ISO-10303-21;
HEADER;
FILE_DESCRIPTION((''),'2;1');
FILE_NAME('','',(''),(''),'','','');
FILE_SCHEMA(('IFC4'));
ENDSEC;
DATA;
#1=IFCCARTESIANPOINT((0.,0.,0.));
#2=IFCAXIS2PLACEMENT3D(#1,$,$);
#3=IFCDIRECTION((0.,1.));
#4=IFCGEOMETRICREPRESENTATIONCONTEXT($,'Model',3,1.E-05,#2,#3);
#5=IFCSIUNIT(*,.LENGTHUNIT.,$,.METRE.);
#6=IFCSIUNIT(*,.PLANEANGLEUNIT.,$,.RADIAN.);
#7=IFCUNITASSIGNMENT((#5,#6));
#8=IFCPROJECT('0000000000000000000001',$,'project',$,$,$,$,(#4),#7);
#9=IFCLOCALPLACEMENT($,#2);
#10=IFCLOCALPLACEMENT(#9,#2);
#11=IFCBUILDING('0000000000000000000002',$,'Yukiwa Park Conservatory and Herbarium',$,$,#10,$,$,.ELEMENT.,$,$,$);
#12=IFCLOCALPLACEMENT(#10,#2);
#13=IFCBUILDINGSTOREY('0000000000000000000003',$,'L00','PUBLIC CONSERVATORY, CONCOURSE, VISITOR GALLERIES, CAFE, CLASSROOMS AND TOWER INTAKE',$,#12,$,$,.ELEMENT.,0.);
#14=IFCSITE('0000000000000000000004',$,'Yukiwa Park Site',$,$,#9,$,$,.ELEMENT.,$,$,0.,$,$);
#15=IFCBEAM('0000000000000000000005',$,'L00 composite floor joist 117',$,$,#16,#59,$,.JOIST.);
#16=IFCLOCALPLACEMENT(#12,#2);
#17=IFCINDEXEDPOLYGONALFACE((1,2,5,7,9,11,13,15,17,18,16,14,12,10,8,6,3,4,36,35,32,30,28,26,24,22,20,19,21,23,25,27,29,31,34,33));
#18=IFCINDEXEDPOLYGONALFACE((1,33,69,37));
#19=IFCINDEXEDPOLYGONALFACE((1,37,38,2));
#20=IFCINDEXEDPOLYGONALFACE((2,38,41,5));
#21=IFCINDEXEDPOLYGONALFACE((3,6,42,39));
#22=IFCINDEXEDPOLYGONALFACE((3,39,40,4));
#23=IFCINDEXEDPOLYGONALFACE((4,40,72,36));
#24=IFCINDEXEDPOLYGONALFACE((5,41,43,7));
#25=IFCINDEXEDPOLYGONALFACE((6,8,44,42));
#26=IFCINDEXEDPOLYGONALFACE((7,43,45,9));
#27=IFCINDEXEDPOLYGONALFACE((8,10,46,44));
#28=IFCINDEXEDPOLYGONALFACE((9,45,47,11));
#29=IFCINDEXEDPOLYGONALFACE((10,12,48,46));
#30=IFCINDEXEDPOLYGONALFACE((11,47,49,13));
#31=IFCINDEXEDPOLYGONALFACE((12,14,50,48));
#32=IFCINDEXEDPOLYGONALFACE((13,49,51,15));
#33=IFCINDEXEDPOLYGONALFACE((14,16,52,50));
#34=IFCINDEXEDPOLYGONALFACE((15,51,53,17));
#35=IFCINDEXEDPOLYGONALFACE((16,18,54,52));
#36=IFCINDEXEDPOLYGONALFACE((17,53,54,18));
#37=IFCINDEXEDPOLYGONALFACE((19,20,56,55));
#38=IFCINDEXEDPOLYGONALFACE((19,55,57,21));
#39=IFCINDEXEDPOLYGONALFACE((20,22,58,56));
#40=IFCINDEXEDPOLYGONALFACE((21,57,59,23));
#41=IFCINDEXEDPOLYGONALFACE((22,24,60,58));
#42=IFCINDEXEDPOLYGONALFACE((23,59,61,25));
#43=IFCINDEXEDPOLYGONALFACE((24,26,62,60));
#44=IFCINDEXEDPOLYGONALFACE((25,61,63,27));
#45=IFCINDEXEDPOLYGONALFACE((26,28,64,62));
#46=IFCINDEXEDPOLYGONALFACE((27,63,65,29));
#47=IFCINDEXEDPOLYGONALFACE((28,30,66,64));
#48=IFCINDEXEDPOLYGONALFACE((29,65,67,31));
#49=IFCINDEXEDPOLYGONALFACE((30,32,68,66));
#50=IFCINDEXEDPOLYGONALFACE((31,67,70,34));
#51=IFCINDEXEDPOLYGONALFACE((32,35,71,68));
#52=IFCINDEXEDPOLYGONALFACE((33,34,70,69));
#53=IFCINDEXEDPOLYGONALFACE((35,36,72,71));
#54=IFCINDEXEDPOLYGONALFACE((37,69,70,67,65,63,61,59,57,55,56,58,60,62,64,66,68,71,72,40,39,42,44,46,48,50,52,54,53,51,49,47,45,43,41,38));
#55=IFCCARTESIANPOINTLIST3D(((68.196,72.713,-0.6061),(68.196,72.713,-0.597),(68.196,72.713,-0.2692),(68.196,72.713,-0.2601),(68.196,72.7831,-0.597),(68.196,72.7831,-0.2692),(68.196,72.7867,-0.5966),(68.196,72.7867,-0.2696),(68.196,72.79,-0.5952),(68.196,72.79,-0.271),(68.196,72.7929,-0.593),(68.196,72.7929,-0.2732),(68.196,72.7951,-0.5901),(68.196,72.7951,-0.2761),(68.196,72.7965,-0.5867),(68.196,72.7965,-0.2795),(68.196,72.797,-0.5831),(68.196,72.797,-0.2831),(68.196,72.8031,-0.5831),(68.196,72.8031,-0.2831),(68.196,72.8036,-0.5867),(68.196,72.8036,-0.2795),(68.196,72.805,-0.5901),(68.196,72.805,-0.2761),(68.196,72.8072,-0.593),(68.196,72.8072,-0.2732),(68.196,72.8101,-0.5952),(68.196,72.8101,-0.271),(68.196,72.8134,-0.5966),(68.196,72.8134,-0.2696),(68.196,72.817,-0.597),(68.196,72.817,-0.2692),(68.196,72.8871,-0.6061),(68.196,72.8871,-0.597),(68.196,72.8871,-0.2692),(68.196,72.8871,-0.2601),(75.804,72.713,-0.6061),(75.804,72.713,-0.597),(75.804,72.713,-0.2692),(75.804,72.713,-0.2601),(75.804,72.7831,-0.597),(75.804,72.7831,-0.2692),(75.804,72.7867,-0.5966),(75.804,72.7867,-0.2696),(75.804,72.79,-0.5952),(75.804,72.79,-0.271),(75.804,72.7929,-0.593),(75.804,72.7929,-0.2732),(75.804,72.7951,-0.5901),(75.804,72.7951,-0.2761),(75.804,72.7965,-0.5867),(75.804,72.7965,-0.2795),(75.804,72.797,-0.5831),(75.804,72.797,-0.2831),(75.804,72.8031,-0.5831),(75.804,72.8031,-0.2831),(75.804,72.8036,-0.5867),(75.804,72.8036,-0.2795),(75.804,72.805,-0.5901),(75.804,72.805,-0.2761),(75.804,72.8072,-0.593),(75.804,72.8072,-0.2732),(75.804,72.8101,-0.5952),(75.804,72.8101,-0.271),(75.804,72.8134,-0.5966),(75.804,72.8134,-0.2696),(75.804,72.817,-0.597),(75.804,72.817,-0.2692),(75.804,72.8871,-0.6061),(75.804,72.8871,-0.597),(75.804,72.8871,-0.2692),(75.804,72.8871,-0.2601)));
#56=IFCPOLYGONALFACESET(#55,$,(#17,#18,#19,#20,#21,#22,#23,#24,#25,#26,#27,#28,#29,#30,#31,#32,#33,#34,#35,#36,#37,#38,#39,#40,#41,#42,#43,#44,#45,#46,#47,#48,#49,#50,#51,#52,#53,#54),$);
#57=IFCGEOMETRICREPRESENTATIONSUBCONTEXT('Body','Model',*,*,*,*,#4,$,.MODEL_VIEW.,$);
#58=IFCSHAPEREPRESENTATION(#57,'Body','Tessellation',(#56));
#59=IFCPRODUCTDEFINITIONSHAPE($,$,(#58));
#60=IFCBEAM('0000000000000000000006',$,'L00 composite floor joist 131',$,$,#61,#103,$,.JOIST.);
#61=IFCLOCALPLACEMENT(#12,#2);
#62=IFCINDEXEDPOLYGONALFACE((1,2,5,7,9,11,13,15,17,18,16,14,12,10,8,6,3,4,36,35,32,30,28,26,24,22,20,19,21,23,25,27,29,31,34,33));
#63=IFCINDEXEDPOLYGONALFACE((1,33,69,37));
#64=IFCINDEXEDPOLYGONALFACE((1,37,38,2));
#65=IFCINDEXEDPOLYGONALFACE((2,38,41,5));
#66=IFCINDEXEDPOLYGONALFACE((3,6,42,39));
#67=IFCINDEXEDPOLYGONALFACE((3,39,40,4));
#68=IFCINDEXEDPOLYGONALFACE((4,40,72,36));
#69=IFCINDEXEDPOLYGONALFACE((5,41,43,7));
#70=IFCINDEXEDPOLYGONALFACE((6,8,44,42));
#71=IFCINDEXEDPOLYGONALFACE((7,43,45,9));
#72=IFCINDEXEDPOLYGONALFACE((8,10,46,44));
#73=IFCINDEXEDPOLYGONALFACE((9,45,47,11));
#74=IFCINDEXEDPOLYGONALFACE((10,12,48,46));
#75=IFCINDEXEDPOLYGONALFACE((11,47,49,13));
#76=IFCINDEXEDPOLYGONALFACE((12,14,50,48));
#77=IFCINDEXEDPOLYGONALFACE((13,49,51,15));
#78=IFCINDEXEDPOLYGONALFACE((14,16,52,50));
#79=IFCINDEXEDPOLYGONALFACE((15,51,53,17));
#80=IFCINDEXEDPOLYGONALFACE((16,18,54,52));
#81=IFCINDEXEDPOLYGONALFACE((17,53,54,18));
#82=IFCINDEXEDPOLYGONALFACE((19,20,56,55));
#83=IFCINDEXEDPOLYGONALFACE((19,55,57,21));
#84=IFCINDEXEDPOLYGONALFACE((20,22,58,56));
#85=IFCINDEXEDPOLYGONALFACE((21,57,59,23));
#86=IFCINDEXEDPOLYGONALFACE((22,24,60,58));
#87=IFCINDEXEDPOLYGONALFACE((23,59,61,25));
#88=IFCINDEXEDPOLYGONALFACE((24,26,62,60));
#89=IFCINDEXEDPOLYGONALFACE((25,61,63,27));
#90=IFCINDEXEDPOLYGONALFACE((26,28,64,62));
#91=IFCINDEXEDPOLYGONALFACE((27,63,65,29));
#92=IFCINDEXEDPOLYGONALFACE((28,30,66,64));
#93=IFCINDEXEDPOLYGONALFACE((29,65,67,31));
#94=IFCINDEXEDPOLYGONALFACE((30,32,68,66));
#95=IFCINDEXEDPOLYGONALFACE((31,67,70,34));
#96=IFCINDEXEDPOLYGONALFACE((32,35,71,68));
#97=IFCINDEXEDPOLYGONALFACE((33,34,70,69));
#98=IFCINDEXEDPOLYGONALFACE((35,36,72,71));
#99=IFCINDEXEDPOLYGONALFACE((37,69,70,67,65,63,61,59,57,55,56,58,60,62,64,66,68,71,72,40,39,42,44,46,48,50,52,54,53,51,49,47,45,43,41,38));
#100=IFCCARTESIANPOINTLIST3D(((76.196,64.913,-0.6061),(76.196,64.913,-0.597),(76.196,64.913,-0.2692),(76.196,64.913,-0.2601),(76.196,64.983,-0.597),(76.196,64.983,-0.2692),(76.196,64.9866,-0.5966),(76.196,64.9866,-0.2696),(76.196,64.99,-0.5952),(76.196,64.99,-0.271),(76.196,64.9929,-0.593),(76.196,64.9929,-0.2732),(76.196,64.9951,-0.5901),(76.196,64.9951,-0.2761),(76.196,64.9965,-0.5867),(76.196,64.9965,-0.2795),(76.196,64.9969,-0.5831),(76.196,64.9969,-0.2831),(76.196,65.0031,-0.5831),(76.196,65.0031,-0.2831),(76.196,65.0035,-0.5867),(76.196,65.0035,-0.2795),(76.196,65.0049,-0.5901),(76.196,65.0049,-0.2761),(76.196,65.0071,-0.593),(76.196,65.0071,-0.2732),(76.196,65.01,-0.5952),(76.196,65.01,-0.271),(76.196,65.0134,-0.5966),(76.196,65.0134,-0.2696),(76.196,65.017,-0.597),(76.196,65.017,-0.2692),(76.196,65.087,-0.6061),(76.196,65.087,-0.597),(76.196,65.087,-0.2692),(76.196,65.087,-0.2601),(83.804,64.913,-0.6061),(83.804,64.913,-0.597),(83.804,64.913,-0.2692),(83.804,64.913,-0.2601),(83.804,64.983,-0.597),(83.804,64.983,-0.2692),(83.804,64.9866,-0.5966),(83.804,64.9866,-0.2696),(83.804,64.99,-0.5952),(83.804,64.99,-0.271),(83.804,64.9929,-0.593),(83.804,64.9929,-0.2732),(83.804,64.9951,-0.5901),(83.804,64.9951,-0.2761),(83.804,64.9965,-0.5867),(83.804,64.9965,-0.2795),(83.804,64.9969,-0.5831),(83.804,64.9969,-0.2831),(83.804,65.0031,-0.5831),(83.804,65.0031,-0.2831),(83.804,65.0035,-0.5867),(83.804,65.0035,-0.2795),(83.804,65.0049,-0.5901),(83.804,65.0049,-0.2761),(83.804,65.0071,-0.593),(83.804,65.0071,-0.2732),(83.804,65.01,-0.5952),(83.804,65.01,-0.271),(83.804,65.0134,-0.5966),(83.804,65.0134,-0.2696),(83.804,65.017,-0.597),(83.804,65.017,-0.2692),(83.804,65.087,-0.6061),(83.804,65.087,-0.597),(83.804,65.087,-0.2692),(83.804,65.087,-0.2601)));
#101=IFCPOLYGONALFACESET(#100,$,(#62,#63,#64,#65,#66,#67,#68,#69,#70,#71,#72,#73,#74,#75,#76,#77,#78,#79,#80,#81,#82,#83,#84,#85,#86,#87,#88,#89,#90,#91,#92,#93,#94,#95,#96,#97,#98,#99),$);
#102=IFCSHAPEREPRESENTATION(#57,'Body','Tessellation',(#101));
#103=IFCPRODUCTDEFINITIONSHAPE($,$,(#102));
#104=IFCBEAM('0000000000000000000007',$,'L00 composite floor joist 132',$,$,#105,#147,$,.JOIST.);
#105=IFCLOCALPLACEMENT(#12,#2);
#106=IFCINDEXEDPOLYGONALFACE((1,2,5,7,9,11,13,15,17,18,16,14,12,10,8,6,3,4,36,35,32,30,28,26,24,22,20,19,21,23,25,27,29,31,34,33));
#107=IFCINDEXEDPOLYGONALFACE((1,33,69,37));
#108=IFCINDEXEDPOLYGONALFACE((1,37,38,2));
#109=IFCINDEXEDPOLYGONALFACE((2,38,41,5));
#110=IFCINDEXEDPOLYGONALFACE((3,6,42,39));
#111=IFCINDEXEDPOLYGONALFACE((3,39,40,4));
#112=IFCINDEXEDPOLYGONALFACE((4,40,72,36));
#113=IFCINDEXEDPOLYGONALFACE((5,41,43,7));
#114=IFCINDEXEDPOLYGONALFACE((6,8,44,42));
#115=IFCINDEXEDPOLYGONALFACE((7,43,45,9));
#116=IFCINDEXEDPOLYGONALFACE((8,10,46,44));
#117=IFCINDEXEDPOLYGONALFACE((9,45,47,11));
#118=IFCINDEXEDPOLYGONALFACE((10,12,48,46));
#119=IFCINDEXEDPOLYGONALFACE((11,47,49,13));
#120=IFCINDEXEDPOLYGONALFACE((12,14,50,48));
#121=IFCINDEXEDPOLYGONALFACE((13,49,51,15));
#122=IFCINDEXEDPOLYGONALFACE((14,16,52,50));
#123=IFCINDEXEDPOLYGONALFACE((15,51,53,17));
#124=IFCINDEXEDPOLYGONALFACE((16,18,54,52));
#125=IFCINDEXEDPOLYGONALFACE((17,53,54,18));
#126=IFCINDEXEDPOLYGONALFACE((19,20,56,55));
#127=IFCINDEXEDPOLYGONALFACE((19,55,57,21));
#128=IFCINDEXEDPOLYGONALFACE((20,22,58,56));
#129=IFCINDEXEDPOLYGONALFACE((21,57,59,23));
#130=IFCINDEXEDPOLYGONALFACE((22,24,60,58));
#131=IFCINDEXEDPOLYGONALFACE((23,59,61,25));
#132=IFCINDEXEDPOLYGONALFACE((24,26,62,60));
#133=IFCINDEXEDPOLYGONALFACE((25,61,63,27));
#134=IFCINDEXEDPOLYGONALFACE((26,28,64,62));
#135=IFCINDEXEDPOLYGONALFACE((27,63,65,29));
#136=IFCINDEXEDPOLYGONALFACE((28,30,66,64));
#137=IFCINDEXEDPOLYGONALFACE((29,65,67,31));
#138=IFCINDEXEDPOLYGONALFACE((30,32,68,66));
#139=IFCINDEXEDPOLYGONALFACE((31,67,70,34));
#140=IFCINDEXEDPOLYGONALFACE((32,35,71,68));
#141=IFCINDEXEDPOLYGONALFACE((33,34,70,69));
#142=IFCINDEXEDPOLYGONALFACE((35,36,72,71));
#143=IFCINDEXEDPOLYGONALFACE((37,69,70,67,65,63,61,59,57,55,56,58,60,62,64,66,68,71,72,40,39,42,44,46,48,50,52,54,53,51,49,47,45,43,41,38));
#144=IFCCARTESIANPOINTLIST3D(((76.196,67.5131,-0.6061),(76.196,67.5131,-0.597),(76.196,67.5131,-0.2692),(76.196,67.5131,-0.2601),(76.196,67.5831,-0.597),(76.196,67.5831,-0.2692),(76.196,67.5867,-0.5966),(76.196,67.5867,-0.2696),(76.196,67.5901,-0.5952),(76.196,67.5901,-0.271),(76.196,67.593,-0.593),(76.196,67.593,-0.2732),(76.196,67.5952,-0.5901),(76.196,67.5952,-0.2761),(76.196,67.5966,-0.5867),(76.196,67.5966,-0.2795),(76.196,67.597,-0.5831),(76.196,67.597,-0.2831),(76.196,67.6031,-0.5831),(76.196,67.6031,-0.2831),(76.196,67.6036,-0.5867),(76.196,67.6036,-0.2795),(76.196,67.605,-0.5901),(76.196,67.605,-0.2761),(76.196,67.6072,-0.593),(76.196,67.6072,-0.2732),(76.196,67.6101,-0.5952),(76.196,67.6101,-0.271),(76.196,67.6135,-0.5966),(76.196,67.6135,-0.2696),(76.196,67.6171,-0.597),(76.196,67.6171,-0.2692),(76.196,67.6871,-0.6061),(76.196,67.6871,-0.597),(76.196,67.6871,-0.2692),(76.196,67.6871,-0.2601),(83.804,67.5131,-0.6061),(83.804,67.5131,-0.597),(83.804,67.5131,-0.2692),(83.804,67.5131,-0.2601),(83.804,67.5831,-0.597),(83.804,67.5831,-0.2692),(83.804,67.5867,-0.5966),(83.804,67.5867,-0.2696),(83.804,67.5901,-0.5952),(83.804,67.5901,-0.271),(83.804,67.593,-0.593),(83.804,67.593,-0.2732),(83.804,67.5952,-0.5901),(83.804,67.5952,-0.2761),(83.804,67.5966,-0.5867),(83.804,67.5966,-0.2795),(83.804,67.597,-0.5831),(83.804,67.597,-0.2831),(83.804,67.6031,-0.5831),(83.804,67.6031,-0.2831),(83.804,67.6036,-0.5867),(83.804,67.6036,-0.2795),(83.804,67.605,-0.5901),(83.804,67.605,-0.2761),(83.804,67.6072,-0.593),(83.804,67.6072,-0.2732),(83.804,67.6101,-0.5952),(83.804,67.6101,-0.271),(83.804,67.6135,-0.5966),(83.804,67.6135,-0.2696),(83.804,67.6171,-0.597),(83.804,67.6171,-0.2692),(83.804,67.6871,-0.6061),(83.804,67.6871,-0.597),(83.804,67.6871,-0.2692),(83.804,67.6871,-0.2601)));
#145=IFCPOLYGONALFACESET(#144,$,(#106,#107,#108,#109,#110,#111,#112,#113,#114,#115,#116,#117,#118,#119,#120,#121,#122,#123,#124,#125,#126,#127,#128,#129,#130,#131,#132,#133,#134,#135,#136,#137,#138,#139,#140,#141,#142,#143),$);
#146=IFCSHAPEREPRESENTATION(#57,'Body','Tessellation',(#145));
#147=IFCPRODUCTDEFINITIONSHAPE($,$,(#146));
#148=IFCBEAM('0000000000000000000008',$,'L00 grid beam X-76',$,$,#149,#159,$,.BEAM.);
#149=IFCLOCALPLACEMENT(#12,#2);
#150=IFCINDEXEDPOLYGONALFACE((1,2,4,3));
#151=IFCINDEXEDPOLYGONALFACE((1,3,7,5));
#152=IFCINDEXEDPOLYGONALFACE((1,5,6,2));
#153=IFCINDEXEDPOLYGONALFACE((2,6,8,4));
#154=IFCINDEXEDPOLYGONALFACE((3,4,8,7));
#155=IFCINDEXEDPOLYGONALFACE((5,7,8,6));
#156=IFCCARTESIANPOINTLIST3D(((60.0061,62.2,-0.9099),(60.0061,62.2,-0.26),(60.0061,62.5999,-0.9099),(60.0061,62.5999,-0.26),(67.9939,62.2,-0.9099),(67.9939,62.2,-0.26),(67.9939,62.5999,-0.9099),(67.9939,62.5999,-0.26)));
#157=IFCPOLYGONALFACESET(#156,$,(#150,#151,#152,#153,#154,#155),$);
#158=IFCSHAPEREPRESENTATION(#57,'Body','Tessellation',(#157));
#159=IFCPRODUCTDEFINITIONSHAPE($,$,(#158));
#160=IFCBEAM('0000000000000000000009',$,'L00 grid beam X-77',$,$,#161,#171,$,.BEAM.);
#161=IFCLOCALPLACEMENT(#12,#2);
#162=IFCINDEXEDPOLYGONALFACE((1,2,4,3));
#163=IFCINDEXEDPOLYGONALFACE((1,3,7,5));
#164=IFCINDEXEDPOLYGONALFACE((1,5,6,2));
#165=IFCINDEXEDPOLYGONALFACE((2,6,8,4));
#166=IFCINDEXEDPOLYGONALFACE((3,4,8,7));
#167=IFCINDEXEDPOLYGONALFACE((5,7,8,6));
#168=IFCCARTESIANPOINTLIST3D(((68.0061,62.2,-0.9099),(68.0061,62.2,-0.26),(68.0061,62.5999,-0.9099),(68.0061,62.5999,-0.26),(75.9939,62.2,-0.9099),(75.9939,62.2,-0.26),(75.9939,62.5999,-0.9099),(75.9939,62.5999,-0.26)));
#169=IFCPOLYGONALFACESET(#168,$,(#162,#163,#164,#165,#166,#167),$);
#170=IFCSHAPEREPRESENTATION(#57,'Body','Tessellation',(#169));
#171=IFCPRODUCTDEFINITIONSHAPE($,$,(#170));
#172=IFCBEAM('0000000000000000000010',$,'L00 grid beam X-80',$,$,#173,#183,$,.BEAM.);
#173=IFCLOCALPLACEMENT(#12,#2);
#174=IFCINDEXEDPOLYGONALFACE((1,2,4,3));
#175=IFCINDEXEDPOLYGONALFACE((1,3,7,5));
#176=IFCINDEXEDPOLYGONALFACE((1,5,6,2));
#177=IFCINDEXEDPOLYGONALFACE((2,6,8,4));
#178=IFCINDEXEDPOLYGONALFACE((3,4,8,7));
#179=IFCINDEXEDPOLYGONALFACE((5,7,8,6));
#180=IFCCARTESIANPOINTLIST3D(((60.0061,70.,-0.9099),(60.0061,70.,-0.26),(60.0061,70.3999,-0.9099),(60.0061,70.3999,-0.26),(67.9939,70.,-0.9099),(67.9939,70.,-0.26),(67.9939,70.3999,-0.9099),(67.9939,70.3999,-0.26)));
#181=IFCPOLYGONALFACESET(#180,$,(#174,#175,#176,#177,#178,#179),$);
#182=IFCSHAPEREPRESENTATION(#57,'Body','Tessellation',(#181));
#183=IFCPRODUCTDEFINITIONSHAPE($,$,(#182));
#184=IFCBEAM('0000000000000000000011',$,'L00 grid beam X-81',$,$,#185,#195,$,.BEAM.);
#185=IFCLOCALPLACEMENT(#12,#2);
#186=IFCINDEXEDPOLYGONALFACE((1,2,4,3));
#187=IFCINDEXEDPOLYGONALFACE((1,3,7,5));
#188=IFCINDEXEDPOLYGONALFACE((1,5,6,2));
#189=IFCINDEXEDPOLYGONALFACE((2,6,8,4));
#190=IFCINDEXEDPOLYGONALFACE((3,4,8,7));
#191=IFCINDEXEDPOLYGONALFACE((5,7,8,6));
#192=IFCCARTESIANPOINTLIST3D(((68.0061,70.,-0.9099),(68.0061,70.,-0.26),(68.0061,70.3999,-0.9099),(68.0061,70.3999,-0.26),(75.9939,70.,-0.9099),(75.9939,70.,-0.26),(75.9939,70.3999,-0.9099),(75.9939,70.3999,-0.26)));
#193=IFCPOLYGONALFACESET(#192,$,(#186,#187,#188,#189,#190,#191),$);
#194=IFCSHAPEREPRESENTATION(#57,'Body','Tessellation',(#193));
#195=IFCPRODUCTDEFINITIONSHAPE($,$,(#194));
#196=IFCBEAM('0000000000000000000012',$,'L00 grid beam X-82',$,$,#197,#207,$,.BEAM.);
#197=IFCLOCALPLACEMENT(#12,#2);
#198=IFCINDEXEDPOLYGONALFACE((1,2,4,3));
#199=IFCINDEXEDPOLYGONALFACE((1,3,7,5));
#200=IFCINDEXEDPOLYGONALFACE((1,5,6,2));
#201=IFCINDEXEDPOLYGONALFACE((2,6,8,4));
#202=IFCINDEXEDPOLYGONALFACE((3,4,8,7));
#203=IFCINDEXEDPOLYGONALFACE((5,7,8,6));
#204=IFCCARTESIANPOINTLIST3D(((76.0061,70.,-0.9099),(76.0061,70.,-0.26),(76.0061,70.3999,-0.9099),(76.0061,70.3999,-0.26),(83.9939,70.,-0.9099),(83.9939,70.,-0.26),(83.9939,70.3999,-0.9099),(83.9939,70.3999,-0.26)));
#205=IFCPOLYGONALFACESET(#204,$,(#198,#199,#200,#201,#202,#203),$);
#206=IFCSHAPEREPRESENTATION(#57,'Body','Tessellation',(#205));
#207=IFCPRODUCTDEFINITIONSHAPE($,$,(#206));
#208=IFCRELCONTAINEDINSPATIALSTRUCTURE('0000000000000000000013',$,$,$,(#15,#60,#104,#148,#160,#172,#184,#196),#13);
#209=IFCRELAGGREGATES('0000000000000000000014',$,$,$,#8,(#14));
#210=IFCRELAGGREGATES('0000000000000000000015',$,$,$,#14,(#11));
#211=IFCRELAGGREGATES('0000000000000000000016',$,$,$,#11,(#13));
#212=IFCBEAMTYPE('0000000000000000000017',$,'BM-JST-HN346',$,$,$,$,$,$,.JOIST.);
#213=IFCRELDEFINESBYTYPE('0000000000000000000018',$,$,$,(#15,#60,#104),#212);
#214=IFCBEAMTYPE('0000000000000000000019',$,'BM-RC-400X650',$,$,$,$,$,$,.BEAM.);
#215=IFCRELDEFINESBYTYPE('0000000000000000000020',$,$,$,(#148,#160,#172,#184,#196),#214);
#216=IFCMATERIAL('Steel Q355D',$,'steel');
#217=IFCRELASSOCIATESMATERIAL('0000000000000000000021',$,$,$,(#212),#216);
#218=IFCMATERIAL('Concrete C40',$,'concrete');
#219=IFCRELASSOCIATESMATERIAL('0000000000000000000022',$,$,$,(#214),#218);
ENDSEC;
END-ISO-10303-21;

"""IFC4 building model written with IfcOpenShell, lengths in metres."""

from ifc_helpers import new_model, si_unit, direction, frame, origin, origin_2d, place, context, subcontext, project, spatial, rectangle, i_section, extrude, material, material_profile, profile_set, type_object, element, save


model = new_model("IFC4")

# Units and contexts
model_context = context("Model", 3, precision=1e-05, world=origin(), true_north=direction((0.0, 1.0)))
body_context = subcontext(model_context, "Body", "Model", "MODEL_VIEW")
ifc_project = project(units=[si_unit("LENGTHUNIT", "METRE"), si_unit("PLANEANGLEUNIT", "RADIAN")], contexts=[model_context])

# Site, building, storey
site_placement = place(None, origin())
site = spatial("IfcSite", under=ifc_project, at=site_placement, Name="Yukiwa Park Site", CompositionType="ELEMENT", RefElevation=0.0)
building_placement = place(site_placement, origin())
building = spatial("IfcBuilding", under=site, at=building_placement, Name="Yukiwa Park Conservatory and Herbarium", CompositionType="ELEMENT")
storey_placement = place(building_placement, origin())
storey = spatial("IfcBuildingStorey", under=building, at=storey_placement, Name="L00", Description="PUBLIC CONSERVATORY, CONCOURSE, VISITOR GALLERIES, CAFE, CLASSROOMS AND TOWER INTAKE", CompositionType="ELEMENT", Elevation=0.0)

# Beams
ifc_material_1 = material(Name="Steel Q355D", Category="steel")
ifc_material_profile_1 = material_profile(ifc_material_1, i_section(OverallWidth=0.1741, OverallDepth=0.3459, WebThickness=0.0061, FlangeThickness=0.009, FilletRadius=0.0139, at=origin_2d()), Name="HN 346x174x6x9")
ifc_profile_set_1 = profile_set([ifc_material_profile_1], Name="Steel Q355D")
beam_type_1 = type_object("IfcBeamType", Name="BM-JST-HN346", PredefinedType="JOIST", material=ifc_profile_set_1)
for number, where, z_axis, x_axis, name in (
    (1, (68.196, 72.8, -0.4331), (1.0, 0.0, 0.0), (0.0, 1.0, 0.0), "L00 composite floor joist 117"),
    (2, (76.196, 65.0, -0.4331), (1.0, 0.0, 0.0), (0.0, 1.0, 0.0), "L00 composite floor joist 131"),
    (3, (76.196, 67.6001, -0.4331), (1.0, 0.0, 0.0), (0.0, 1.0, 0.0), "L00 composite floor joist 132"),
):
    element("IfcBeam", number, at=place(storey_placement, frame(where, z_axis=z_axis, x_axis=x_axis)), inside=storey, type_object=beam_type_1, Name=name, PredefinedType="JOIST", context=body_context, shape_type="SweptSolid", body=[
        extrude(i_section(OverallWidth=0.1741, OverallDepth=0.3459, WebThickness=0.0061, FlangeThickness=0.009, FilletRadius=0.0139, at=origin_2d()), origin(), (0.0, 0.0, 1.0), 7.6079),
    ])
ifc_material_2 = material(Name="Concrete C40", Category="concrete")
ifc_material_profile_2 = material_profile(ifc_material_2, rectangle(XDim=0.3999, YDim=0.6499, at=origin_2d()), Name="RC 400x650")
ifc_profile_set_2 = profile_set([ifc_material_profile_2], Name="Concrete C40")
beam_type_2 = type_object("IfcBeamType", Name="BM-RC-400X650", PredefinedType="BEAM", material=ifc_profile_set_2)
for number, where, z_axis, x_axis, name in (
    (4, (60.0061, 62.3999, -0.585), (1.0, 0.0, 0.0), (0.0, 1.0, 0.0), "L00 grid beam X-76"),
    (5, (68.0061, 62.3999, -0.585), (1.0, 0.0, 0.0), (0.0, 1.0, 0.0), "L00 grid beam X-77"),
    (6, (60.0061, 70.2, -0.585), (1.0, 0.0, 0.0), (0.0, 1.0, 0.0), "L00 grid beam X-80"),
    (7, (68.0061, 70.2, -0.585), (1.0, 0.0, 0.0), (0.0, 1.0, 0.0), "L00 grid beam X-81"),
    (8, (76.0061, 70.2, -0.585), (1.0, 0.0, 0.0), (0.0, 1.0, 0.0), "L00 grid beam X-82"),
):
    element("IfcBeam", number, at=place(storey_placement, frame(where, z_axis=z_axis, x_axis=x_axis)), inside=storey, type_object=beam_type_2, Name=name, PredefinedType="BEAM", context=body_context, shape_type="SweptSolid", body=[
        extrude(rectangle(XDim=0.3999, YDim=0.6499, at=origin_2d()), origin(), (0.0, 0.0, 1.0), 7.9878),
    ])

save(model, "model.ifc")
